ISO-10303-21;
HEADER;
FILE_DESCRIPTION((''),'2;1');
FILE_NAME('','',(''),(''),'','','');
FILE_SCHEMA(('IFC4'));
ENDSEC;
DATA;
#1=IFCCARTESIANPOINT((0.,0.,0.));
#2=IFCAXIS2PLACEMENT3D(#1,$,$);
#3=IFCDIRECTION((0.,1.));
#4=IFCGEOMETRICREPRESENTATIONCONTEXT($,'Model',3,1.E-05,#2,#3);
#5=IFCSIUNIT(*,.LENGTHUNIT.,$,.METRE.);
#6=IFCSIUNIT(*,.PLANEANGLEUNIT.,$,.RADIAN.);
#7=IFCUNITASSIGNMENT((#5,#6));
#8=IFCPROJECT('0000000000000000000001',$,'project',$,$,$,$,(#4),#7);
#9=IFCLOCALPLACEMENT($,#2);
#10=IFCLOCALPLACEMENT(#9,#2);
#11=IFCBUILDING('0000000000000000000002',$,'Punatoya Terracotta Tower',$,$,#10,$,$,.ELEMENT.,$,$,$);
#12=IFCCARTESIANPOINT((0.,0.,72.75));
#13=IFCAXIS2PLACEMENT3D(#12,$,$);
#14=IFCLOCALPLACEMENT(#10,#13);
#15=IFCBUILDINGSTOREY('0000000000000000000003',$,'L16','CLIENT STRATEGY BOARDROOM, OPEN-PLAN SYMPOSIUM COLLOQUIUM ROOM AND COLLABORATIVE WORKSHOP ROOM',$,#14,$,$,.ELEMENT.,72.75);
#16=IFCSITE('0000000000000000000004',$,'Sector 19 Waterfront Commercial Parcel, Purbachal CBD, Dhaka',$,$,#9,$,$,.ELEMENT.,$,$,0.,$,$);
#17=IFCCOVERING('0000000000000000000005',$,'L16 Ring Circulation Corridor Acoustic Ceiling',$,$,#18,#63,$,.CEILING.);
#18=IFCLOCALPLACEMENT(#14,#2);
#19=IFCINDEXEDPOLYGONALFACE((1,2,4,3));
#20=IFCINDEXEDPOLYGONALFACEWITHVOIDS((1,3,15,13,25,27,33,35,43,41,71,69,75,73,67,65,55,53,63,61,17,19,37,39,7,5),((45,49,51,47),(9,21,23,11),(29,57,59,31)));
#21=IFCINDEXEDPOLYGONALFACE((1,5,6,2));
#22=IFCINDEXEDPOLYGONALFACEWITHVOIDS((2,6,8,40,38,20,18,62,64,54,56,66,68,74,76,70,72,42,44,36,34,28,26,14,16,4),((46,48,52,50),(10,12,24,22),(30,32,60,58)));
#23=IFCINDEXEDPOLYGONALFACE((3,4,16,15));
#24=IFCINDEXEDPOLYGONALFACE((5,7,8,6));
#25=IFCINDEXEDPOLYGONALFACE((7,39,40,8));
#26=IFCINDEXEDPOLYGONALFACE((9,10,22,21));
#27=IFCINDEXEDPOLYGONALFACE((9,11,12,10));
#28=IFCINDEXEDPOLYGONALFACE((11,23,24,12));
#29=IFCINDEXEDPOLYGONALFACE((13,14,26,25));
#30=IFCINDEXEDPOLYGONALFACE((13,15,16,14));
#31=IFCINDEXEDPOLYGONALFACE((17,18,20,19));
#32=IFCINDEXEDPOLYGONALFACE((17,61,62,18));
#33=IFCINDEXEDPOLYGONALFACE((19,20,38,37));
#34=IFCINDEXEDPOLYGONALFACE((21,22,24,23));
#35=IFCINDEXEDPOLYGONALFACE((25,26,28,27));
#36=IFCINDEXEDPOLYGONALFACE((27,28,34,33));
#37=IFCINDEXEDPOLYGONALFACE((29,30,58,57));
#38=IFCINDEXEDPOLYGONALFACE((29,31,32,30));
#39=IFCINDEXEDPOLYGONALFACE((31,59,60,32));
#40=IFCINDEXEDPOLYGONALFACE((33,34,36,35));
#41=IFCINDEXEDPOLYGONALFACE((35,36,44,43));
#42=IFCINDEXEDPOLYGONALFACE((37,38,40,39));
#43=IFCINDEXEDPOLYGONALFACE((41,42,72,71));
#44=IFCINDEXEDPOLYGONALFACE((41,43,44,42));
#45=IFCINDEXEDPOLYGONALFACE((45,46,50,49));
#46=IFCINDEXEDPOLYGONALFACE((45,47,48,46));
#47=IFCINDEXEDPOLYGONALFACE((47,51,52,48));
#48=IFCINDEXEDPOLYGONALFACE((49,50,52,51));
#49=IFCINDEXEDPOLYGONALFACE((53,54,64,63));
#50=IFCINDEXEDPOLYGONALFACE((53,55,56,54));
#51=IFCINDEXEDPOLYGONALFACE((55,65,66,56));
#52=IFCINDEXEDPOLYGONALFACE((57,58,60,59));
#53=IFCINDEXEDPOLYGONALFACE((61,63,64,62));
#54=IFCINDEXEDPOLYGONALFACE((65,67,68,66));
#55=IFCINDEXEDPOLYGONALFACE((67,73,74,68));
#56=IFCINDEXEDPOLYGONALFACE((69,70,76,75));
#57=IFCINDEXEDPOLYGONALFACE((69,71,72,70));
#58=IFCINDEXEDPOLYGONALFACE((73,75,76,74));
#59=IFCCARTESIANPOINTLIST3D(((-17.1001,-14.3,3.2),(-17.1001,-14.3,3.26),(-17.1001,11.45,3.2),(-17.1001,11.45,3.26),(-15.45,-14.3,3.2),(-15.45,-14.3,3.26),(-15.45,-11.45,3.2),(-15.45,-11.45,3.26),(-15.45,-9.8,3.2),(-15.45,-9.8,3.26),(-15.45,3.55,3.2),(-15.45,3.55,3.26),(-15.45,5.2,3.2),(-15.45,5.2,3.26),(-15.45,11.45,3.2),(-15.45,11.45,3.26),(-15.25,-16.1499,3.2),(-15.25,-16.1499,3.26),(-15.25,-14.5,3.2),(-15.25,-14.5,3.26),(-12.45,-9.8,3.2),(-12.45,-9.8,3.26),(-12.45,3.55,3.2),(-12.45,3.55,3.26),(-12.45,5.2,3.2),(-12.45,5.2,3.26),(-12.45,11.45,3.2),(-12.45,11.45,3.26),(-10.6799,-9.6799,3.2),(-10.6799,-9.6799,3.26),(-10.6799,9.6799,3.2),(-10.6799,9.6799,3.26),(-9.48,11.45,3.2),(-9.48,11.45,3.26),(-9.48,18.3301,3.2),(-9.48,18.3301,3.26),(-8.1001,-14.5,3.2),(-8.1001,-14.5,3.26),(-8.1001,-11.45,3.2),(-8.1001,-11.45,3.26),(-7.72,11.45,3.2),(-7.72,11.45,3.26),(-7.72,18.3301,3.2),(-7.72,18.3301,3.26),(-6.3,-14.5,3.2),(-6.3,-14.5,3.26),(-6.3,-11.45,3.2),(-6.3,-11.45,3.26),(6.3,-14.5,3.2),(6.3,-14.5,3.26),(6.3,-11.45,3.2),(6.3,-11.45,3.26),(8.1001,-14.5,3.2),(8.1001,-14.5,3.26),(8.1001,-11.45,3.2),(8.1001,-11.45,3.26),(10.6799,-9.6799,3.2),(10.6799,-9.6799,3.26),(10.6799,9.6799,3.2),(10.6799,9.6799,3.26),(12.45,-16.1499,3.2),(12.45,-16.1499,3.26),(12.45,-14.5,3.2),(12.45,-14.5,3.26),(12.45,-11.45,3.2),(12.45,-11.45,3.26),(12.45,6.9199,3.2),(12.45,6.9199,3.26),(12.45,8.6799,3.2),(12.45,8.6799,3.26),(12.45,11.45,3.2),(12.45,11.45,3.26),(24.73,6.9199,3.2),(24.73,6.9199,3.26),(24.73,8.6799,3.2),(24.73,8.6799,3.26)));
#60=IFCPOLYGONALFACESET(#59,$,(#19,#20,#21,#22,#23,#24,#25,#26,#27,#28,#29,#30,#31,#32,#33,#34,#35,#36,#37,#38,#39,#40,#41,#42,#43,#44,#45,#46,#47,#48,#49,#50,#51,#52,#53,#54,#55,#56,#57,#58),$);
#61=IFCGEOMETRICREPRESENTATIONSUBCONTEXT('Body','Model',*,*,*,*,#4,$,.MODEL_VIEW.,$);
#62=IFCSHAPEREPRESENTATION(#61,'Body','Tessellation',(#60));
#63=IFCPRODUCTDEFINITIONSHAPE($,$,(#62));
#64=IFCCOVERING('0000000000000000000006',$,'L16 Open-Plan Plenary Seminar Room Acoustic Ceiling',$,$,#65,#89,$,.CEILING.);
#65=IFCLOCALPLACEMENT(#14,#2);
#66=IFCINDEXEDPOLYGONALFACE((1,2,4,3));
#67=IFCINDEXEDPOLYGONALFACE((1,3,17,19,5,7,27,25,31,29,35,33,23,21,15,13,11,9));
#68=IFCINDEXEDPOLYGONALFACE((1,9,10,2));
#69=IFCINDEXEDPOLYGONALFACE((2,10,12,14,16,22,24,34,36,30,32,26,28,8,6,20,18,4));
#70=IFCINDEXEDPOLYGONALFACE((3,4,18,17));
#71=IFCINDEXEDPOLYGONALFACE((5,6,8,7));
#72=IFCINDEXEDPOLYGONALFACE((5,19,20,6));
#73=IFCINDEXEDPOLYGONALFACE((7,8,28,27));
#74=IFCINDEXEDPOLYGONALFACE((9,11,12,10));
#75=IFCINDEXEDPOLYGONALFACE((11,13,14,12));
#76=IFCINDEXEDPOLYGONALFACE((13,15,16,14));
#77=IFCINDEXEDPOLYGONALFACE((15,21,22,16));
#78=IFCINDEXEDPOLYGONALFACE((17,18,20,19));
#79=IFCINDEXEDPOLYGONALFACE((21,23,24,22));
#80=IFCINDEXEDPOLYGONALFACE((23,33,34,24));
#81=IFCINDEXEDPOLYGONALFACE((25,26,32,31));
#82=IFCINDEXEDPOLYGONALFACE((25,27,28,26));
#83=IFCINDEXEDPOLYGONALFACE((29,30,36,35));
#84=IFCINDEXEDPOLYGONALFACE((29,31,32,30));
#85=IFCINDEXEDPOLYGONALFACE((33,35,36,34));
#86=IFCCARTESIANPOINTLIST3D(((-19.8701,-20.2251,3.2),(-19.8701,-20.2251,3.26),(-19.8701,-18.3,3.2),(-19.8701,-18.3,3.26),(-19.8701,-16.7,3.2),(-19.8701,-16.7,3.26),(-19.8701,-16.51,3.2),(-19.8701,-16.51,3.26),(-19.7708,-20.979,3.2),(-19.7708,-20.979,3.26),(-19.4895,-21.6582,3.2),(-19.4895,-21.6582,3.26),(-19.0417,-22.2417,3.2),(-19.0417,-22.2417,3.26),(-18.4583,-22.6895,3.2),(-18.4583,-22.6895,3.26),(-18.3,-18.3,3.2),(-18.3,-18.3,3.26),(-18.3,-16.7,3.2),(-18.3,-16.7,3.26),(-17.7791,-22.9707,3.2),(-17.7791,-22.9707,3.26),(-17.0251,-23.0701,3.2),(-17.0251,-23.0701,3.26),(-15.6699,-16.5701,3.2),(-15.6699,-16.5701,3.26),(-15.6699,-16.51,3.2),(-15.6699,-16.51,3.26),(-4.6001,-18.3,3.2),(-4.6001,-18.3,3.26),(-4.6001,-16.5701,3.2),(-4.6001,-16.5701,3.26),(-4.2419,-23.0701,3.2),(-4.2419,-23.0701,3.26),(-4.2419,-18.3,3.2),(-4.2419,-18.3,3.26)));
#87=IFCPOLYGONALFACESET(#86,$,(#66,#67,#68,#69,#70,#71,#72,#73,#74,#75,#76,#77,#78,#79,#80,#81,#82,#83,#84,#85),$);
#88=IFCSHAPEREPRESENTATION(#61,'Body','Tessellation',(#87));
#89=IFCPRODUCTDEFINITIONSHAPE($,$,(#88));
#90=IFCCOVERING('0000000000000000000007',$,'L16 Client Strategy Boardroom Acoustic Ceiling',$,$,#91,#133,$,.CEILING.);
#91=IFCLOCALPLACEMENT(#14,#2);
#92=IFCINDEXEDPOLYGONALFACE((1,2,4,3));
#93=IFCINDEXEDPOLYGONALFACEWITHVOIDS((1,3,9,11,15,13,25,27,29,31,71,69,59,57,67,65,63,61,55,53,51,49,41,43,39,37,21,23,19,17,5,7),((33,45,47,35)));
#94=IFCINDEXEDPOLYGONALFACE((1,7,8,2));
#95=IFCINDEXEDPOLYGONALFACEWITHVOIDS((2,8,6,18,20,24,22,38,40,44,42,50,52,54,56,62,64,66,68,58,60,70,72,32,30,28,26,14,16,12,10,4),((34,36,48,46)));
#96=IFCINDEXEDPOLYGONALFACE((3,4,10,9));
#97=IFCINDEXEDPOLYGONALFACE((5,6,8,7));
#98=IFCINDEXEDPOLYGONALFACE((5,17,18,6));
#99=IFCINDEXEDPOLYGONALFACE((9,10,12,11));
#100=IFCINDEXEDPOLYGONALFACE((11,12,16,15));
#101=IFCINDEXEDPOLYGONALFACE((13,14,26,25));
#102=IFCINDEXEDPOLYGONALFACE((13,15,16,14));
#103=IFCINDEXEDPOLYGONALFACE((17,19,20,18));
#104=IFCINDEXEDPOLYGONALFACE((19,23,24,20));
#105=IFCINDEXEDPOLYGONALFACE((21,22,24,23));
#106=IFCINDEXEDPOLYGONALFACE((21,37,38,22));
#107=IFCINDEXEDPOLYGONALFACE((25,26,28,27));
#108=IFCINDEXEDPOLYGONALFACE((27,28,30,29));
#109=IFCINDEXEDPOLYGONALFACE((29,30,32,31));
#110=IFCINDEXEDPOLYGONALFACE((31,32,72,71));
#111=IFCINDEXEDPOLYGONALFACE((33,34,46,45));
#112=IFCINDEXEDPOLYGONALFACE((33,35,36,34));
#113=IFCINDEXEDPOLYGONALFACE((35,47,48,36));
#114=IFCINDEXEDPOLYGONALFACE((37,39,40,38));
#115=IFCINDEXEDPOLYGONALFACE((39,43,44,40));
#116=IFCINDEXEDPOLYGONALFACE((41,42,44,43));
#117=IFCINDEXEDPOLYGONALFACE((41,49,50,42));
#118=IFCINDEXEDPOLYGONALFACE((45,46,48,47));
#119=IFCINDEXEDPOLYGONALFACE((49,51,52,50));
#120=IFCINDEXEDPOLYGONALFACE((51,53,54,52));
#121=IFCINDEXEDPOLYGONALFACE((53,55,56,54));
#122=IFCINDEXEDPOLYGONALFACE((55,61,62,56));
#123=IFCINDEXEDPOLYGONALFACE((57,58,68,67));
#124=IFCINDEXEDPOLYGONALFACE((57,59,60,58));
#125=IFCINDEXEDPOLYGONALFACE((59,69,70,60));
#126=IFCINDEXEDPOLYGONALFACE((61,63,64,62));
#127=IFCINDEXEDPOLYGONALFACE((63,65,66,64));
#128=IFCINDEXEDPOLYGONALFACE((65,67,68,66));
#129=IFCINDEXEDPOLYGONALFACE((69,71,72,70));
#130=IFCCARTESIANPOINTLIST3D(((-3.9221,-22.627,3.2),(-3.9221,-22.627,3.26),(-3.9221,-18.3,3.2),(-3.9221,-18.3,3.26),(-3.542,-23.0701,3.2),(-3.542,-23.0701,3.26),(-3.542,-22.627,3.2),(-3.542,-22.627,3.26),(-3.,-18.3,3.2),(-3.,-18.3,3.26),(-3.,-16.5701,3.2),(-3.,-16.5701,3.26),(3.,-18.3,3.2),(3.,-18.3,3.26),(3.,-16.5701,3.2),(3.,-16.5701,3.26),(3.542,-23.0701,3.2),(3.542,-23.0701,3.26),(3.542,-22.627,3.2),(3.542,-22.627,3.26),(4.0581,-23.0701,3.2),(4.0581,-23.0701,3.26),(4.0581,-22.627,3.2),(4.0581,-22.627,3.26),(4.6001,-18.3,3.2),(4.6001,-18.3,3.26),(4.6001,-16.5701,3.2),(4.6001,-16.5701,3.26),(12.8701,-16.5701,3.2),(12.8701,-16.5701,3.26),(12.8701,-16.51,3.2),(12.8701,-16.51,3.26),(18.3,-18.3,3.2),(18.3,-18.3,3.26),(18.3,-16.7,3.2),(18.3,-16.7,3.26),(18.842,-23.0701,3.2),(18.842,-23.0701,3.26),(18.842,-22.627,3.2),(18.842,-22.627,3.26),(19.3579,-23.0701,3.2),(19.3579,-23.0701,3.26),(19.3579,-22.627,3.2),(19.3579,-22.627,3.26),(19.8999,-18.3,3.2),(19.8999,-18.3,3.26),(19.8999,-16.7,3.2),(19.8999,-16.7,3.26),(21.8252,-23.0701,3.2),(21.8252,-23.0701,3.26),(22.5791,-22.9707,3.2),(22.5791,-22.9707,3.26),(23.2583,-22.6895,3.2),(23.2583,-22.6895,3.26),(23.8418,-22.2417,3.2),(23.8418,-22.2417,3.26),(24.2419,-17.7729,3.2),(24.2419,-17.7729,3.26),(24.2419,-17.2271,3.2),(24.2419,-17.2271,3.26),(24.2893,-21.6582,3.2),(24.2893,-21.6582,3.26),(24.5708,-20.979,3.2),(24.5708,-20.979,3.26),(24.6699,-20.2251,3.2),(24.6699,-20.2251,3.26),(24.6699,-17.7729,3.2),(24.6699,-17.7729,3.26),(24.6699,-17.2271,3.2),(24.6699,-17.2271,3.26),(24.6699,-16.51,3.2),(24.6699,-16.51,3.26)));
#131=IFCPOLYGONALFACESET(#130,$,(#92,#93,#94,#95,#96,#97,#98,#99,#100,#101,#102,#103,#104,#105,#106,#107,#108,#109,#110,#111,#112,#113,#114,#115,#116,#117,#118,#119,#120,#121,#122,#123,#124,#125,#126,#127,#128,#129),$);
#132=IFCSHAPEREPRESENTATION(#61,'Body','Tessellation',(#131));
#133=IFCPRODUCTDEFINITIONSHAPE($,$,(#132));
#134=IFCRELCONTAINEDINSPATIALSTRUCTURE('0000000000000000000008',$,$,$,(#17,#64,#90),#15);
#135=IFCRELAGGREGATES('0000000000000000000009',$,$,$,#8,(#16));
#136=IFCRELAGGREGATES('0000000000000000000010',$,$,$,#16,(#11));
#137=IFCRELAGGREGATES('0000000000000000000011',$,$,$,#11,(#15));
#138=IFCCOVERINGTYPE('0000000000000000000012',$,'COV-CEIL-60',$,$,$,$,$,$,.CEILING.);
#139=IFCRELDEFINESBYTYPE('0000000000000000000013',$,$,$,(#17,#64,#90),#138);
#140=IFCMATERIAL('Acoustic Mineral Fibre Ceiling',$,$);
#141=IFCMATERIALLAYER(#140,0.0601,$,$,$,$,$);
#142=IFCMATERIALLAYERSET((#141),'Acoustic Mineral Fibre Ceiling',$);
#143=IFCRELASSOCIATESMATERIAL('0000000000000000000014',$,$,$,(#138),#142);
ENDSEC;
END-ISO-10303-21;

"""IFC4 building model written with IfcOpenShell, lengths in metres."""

from ifc_helpers import new_model, si_unit, direction, frame, origin, place, context, subcontext, project, spatial, polyline, outline, extrude, material, layer, layer_set, type_object, element, save


model = new_model("IFC4")

# Units and contexts
model_context = context("Model", 3, precision=1e-05, world=origin(), true_north=direction((0.0, 1.0)))
body_context = subcontext(model_context, "Body", "Model", "MODEL_VIEW")
ifc_project = project(units=[si_unit("LENGTHUNIT", "METRE"), si_unit("PLANEANGLEUNIT", "RADIAN")], contexts=[model_context])

# Site, building, storey
site_placement = place(None, origin())
site = spatial("IfcSite", under=ifc_project, at=site_placement, Name="Sector 19 Waterfront Commercial Parcel, Purbachal CBD, Dhaka", CompositionType="ELEMENT", RefElevation=0.0)
building_placement = place(site_placement, origin())
building = spatial("IfcBuilding", under=site, at=building_placement, Name="Punatoya Terracotta Tower", CompositionType="ELEMENT")
storey_placement = place(building_placement, frame((0.0, 0.0, 72.75)))
storey = spatial("IfcBuildingStorey", under=building, at=storey_placement, Name="L16", Description="CLIENT STRATEGY BOARDROOM, OPEN-PLAN SYMPOSIUM COLLOQUIUM ROOM AND COLLABORATIVE WORKSHOP ROOM", CompositionType="ELEMENT", Elevation=72.75)

# Coverings
ifc_material_1 = material(Name="Acoustic Mineral Fibre Ceiling")
ifc_layer_1 = layer(ifc_material_1, 0.0601)
ifc_layer_set_1 = layer_set([ifc_layer_1], Name="Acoustic Mineral Fibre Ceiling")
covering_type = type_object("IfcCoveringType", Name="COV-CEIL-60", PredefinedType="CEILING", material=ifc_layer_set_1)
covering_1_placement = place(storey_placement, frame((0.0, 0.0, 3.2)))
element("IfcCovering", 1, at=covering_1_placement, inside=storey, type_object=covering_type, Name="L16 Ring Circulation Corridor Acoustic Ceiling", PredefinedType="CEILING", context=body_context, shape_type="SweptSolid", body=[
    extrude(outline(polyline([(12.45, -16.1499), (12.45, -14.5), (8.1001, -14.5), (8.1001, -11.45), (12.45, -11.45), (12.45, 6.9199), (24.73, 6.9199), (24.73, 8.6799), (12.45, 8.6799), (12.45, 11.45), (-7.72, 11.45), (-7.72, 18.3301), (-9.48, 18.3301), (-9.48, 11.45), (-12.45, 11.45), (-12.45, 5.2), (-15.45, 5.2), (-15.45, 11.45), (-17.1001, 11.45), (-17.1001, -14.3), (-15.45, -14.3), (-15.45, -11.45), (-8.1001, -11.45), (-8.1001, -14.5), (-15.25, -14.5), (-15.25, -16.1499), (12.45, -16.1499)]), holes=[polyline([(10.6799, 9.6799), (10.6799, -9.6799), (-10.6799, -9.6799), (-10.6799, 9.6799), (10.6799, 9.6799)]), polyline([(6.3, -14.5), (-6.3, -14.5), (-6.3, -11.45), (6.3, -11.45), (6.3, -14.5)]), polyline([(-12.45, 3.55), (-12.45, -9.8), (-15.45, -9.8), (-15.45, 3.55), (-12.45, 3.55)])]), origin(), (0.0, 0.0, 1.0), 0.0601),
])
covering_2_placement = place(storey_placement, frame((0.0, 0.0, 3.2)))
element("IfcCovering", 2, at=covering_2_placement, inside=storey, type_object=covering_type, Name="L16 Open-Plan Plenary Seminar Room Acoustic Ceiling", PredefinedType="CEILING", context=body_context, shape_type="SweptSolid", body=[
    extrude(outline(polyline([(-19.0417, -22.2417), (-18.4583, -22.6895), (-17.7791, -22.9707), (-17.0251, -23.0701), (-4.2419, -23.0701), (-4.2419, -18.3), (-4.6001, -18.3), (-4.6001, -16.5701), (-15.6699, -16.5701), (-15.6699, -16.51), (-19.8701, -16.51), (-19.8701, -16.7), (-18.3, -16.7), (-18.3, -18.3), (-19.8701, -18.3), (-19.8701, -20.2251), (-19.7708, -20.979), (-19.4895, -21.6582), (-19.0417, -22.2417)])), origin(), (0.0, 0.0, 1.0), 0.0601),
])
covering_3_placement = place(storey_placement, frame((0.0, 0.0, 3.2)))
element("IfcCovering", 3, at=covering_3_placement, inside=storey, type_object=covering_type, Name="L16 Client Strategy Boardroom Acoustic Ceiling", PredefinedType="CEILING", context=body_context, shape_type="SweptSolid", body=[
    extrude(outline(polyline([(-3.0, -16.5701), (-3.0, -18.3), (-3.9221, -18.3), (-3.9221, -22.627), (-3.542, -22.627), (-3.542, -23.0701), (3.542, -23.0701), (3.542, -22.627), (4.0581, -22.627), (4.0581, -23.0701), (18.842, -23.0701), (18.842, -22.627), (19.3579, -22.627), (19.3579, -23.0701), (21.8252, -23.0701), (22.5791, -22.9707), (23.2583, -22.6895), (23.8418, -22.2417), (24.2893, -21.6582), (24.5708, -20.979), (24.6699, -20.2251), (24.6699, -17.7729), (24.2419, -17.7729), (24.2419, -17.2271), (24.6699, -17.2271), (24.6699, -16.51), (12.8701, -16.51), (12.8701, -16.5701), (4.6001, -16.5701), (4.6001, -18.3), (3.0, -18.3), (3.0, -16.5701), (-3.0, -16.5701)]), holes=[polyline([(19.8999, -18.3), (18.3, -18.3), (18.3, -16.7), (19.8999, -16.7), (19.8999, -18.3)])]), origin(), (0.0, 0.0, 1.0), 0.0601),
])

save(model, "model.ifc")
